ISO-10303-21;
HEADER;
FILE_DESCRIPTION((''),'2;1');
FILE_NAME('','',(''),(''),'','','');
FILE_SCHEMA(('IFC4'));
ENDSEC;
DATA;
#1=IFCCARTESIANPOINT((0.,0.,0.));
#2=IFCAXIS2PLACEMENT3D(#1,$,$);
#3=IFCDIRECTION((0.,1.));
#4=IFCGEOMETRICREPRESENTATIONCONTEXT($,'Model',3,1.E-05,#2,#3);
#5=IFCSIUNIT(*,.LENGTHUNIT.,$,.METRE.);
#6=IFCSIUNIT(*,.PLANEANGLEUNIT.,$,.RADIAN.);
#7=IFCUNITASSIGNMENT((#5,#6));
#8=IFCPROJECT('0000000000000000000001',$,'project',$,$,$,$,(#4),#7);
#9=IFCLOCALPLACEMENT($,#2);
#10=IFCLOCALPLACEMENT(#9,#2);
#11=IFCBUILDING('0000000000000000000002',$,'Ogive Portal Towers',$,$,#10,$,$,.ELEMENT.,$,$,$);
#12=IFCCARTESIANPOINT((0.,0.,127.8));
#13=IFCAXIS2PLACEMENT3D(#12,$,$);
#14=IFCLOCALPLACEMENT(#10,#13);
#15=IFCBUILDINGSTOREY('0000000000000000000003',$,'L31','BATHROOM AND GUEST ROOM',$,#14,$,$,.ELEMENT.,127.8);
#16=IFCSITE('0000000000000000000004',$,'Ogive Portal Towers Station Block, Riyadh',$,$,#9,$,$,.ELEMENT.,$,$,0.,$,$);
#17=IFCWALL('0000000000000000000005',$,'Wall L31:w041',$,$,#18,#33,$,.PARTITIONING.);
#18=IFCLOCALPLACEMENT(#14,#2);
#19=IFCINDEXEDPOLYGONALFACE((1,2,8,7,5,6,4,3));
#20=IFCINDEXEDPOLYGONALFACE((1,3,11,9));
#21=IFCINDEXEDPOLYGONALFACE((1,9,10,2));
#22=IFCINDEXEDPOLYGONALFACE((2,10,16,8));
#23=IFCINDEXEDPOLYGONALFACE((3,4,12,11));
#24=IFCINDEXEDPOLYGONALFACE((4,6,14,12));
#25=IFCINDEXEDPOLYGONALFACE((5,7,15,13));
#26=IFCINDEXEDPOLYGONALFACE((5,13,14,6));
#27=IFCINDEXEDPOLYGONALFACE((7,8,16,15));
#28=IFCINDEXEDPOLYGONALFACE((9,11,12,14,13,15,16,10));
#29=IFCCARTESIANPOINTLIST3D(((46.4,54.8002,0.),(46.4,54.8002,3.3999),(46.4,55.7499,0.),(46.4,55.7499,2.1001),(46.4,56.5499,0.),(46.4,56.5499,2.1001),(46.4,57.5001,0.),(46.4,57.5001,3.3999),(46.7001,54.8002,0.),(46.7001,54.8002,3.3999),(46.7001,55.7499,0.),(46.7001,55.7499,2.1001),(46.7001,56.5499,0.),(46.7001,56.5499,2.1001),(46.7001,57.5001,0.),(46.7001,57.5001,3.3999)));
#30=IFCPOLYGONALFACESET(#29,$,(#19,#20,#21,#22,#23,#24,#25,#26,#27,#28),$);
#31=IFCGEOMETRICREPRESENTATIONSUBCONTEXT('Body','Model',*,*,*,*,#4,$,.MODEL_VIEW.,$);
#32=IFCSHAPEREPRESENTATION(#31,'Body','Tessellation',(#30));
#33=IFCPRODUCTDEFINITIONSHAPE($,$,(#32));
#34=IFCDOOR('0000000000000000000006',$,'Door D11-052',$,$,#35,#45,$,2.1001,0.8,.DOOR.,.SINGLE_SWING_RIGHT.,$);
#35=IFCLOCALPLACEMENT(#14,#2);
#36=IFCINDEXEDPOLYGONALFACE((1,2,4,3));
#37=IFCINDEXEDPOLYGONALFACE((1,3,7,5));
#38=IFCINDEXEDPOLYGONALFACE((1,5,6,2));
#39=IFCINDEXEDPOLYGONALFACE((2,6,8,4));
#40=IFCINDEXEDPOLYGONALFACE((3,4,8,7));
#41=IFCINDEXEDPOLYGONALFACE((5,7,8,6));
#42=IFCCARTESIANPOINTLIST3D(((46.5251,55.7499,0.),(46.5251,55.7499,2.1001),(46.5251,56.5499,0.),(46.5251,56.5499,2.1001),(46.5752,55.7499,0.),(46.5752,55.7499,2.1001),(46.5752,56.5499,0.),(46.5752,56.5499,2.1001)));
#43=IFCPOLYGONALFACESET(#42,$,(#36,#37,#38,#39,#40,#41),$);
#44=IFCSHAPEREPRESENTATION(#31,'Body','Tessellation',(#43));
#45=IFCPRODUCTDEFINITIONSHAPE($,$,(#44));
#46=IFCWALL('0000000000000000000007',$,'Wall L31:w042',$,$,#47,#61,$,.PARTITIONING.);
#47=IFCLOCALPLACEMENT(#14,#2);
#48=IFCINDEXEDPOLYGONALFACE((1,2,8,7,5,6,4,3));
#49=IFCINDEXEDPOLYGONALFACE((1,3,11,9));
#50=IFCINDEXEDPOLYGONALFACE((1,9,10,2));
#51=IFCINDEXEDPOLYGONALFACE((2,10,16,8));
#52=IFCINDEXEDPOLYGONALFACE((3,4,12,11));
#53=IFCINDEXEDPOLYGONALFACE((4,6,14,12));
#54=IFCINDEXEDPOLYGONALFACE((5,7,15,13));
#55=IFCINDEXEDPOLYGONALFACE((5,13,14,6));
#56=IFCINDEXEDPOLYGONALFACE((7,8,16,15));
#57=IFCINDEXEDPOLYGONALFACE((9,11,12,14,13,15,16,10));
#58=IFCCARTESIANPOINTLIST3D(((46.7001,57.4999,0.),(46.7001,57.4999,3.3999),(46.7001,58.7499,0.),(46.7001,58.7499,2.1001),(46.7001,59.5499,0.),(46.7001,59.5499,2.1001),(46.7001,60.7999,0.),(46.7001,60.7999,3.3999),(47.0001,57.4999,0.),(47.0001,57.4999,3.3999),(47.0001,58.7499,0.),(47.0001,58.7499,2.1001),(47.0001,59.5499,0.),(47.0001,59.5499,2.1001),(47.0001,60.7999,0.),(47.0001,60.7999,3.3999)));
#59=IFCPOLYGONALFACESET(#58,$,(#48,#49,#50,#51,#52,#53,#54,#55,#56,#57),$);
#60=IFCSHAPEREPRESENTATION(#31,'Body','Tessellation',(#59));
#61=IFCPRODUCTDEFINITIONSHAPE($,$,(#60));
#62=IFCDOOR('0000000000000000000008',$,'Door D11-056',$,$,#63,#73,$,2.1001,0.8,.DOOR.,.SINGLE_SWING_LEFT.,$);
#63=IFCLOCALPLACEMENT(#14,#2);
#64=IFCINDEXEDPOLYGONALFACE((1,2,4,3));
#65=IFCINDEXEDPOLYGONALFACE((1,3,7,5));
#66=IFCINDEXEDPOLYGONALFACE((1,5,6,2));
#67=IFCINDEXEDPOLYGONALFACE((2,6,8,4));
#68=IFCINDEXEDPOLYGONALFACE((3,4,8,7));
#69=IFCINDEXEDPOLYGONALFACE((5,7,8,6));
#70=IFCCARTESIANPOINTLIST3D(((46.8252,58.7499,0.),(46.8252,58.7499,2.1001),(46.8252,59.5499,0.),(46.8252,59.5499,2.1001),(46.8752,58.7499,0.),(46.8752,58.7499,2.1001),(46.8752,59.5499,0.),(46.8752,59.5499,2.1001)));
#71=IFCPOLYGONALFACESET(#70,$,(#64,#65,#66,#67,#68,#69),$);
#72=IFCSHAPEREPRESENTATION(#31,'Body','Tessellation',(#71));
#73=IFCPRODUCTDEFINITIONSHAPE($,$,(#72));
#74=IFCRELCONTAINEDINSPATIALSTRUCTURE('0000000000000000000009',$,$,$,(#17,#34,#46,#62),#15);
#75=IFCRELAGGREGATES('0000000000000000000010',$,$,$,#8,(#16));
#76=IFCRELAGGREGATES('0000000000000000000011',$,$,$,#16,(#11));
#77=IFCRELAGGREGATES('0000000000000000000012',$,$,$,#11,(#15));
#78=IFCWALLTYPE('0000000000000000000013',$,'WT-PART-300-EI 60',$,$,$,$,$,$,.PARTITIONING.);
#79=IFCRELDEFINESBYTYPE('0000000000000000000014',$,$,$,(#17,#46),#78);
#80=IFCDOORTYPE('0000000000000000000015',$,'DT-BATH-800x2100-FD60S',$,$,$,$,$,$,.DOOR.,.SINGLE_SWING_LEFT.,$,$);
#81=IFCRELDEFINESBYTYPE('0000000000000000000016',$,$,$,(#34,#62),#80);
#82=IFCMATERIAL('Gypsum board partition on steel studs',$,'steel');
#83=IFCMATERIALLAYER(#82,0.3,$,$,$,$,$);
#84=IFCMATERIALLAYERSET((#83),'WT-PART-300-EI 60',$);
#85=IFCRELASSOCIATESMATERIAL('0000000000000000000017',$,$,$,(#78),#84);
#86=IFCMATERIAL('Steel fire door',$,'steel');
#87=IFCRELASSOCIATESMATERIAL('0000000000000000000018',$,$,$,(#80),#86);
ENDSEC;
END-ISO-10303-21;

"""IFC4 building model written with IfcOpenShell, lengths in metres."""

from ifc_helpers import new_model, si_unit, direction, frame, frame_2d, origin, place, context, subcontext, project, spatial, rectangle, extrude, material, layer, layer_set, type_object, element, fill, save


model = new_model("IFC4")

# Units and contexts
model_context = context("Model", 3, precision=1e-05, world=origin(), true_north=direction((0.0, 1.0)))
body_context = subcontext(model_context, "Body", "Model", "MODEL_VIEW")
ifc_project = project(units=[si_unit("LENGTHUNIT", "METRE"), si_unit("PLANEANGLEUNIT", "RADIAN")], contexts=[model_context])

# Site, building, storey
site_placement = place(None, origin())
site = spatial("IfcSite", under=ifc_project, at=site_placement, Name="Ogive Portal Towers Station Block, Riyadh", CompositionType="ELEMENT", RefElevation=0.0)
building_placement = place(site_placement, origin())
building = spatial("IfcBuilding", under=site, at=building_placement, Name="Ogive Portal Towers", CompositionType="ELEMENT")
storey_placement = place(building_placement, frame((0.0, 0.0, 127.8)))
storey = spatial("IfcBuildingStorey", under=building, at=storey_placement, Name="L31", Description="BATHROOM AND GUEST ROOM", CompositionType="ELEMENT", Elevation=127.8)

# Shared definitions
ifc_material_1 = material(Name="Gypsum board partition on steel studs", Category="steel")
ifc_layer_1 = layer(ifc_material_1, 0.3)
ifc_layer_set_1 = layer_set([ifc_layer_1], Name="WT-PART-300-EI 60")
wall_type_1 = type_object("IfcWallType", Name="WT-PART-300-EI 60", PredefinedType="PARTITIONING", material=ifc_layer_set_1)

# Walls, openings, doors
wall_1_placement = place(storey_placement, frame((46.55, 54.8, 0.0), z_axis=(0.0, 0.0, 1.0), x_axis=(0.0, 1.0, 0.0)))
wall_1 = element("IfcWall", 1, at=wall_1_placement, inside=storey, type_object=wall_type_1, Name="Wall L31:w041", PredefinedType="PARTITIONING", context=body_context, shape_type="SweptSolid", body=[
    extrude(rectangle(XDim=2.7, YDim=0.3, at=frame_2d((1.3501, 0.0))), origin(), (0.0, 0.0, 1.0), 3.3999),
])
opening_1_placement = place(wall_1_placement, frame((0.95, 0.0, 0.0)))
opening_1 = element("IfcOpeningElement", 2, at=opening_1_placement, cuts=wall_1, PredefinedType="OPENING", context=body_context, shape_type="SweptSolid", body=[
    extrude(rectangle(XDim=0.8, YDim=2.1001, at=frame_2d((0.3999, 1.05))), frame((0.0, 0.1602, 0.0), z_axis=(0.0, -1.0, 0.0), x_axis=(1.0, 0.0, 0.0)), (0.0, 0.0, 1.0), 0.3201),
])
ifc_material_2 = material(Name="Steel fire door", Category="steel")
door_type_1 = type_object("IfcDoorType", Name="DT-BATH-800x2100-FD60S", OperationType="SINGLE_SWING_LEFT", PredefinedType="DOOR", material=ifc_material_2)
door_1_placement = place(opening_1_placement, origin())
door_1 = element("IfcDoor", 3, at=door_1_placement, inside=storey, type_object=door_type_1, Name="Door D11-052", OperationType="SINGLE_SWING_RIGHT", OverallHeight=2.1001, OverallWidth=0.8, PredefinedType="DOOR", context=body_context, shape_type="SweptSolid", body=[
    extrude(rectangle(XDim=0.8, YDim=2.1001, at=frame_2d((0.3999, 1.05))), frame((0.0, 0.0249, 0.0), z_axis=(0.0, -1.0, 0.0), x_axis=(1.0, 0.0, 0.0)), (0.0, 0.0, 1.0), 0.05),
])
fill(opening_1, door_1)
wall_2_placement = place(storey_placement, frame((46.8501, 57.5, 0.0), z_axis=(0.0, 0.0, 1.0), x_axis=(0.0, 1.0, 0.0)))
wall_2 = element("IfcWall", 4, at=wall_2_placement, inside=storey, type_object=wall_type_1, Name="Wall L31:w042", PredefinedType="PARTITIONING", context=body_context, shape_type="SweptSolid", body=[
    extrude(rectangle(XDim=3.3, YDim=0.3, at=frame_2d((1.6499, 0.0))), origin(), (0.0, 0.0, 1.0), 3.3999),
])
opening_2_placement = place(wall_2_placement, frame((1.25, 0.0, 0.0)))
opening_2 = element("IfcOpeningElement", 5, at=opening_2_placement, cuts=wall_2, PredefinedType="OPENING", context=body_context, shape_type="SweptSolid", body=[
    extrude(rectangle(XDim=0.8, YDim=2.1001, at=frame_2d((0.3999, 1.05))), frame((0.0, 0.1602, 0.0), z_axis=(0.0, -1.0, 0.0), x_axis=(1.0, 0.0, 0.0)), (0.0, 0.0, 1.0), 0.3201),
])
door_2_placement = place(opening_2_placement, origin())
door_2 = element("IfcDoor", 6, at=door_2_placement, inside=storey, type_object=door_type_1, Name="Door D11-056", OperationType="SINGLE_SWING_LEFT", OverallHeight=2.1001, OverallWidth=0.8, PredefinedType="DOOR", context=body_context, shape_type="SweptSolid", body=[
    extrude(rectangle(XDim=0.8, YDim=2.1001, at=frame_2d((0.3999, 1.05))), frame((0.0, 0.0249, 0.0), z_axis=(0.0, -1.0, 0.0), x_axis=(1.0, 0.0, 0.0)), (0.0, 0.0, 1.0), 0.05),
])
fill(opening_2, door_2)

save(model, "model.ifc")
